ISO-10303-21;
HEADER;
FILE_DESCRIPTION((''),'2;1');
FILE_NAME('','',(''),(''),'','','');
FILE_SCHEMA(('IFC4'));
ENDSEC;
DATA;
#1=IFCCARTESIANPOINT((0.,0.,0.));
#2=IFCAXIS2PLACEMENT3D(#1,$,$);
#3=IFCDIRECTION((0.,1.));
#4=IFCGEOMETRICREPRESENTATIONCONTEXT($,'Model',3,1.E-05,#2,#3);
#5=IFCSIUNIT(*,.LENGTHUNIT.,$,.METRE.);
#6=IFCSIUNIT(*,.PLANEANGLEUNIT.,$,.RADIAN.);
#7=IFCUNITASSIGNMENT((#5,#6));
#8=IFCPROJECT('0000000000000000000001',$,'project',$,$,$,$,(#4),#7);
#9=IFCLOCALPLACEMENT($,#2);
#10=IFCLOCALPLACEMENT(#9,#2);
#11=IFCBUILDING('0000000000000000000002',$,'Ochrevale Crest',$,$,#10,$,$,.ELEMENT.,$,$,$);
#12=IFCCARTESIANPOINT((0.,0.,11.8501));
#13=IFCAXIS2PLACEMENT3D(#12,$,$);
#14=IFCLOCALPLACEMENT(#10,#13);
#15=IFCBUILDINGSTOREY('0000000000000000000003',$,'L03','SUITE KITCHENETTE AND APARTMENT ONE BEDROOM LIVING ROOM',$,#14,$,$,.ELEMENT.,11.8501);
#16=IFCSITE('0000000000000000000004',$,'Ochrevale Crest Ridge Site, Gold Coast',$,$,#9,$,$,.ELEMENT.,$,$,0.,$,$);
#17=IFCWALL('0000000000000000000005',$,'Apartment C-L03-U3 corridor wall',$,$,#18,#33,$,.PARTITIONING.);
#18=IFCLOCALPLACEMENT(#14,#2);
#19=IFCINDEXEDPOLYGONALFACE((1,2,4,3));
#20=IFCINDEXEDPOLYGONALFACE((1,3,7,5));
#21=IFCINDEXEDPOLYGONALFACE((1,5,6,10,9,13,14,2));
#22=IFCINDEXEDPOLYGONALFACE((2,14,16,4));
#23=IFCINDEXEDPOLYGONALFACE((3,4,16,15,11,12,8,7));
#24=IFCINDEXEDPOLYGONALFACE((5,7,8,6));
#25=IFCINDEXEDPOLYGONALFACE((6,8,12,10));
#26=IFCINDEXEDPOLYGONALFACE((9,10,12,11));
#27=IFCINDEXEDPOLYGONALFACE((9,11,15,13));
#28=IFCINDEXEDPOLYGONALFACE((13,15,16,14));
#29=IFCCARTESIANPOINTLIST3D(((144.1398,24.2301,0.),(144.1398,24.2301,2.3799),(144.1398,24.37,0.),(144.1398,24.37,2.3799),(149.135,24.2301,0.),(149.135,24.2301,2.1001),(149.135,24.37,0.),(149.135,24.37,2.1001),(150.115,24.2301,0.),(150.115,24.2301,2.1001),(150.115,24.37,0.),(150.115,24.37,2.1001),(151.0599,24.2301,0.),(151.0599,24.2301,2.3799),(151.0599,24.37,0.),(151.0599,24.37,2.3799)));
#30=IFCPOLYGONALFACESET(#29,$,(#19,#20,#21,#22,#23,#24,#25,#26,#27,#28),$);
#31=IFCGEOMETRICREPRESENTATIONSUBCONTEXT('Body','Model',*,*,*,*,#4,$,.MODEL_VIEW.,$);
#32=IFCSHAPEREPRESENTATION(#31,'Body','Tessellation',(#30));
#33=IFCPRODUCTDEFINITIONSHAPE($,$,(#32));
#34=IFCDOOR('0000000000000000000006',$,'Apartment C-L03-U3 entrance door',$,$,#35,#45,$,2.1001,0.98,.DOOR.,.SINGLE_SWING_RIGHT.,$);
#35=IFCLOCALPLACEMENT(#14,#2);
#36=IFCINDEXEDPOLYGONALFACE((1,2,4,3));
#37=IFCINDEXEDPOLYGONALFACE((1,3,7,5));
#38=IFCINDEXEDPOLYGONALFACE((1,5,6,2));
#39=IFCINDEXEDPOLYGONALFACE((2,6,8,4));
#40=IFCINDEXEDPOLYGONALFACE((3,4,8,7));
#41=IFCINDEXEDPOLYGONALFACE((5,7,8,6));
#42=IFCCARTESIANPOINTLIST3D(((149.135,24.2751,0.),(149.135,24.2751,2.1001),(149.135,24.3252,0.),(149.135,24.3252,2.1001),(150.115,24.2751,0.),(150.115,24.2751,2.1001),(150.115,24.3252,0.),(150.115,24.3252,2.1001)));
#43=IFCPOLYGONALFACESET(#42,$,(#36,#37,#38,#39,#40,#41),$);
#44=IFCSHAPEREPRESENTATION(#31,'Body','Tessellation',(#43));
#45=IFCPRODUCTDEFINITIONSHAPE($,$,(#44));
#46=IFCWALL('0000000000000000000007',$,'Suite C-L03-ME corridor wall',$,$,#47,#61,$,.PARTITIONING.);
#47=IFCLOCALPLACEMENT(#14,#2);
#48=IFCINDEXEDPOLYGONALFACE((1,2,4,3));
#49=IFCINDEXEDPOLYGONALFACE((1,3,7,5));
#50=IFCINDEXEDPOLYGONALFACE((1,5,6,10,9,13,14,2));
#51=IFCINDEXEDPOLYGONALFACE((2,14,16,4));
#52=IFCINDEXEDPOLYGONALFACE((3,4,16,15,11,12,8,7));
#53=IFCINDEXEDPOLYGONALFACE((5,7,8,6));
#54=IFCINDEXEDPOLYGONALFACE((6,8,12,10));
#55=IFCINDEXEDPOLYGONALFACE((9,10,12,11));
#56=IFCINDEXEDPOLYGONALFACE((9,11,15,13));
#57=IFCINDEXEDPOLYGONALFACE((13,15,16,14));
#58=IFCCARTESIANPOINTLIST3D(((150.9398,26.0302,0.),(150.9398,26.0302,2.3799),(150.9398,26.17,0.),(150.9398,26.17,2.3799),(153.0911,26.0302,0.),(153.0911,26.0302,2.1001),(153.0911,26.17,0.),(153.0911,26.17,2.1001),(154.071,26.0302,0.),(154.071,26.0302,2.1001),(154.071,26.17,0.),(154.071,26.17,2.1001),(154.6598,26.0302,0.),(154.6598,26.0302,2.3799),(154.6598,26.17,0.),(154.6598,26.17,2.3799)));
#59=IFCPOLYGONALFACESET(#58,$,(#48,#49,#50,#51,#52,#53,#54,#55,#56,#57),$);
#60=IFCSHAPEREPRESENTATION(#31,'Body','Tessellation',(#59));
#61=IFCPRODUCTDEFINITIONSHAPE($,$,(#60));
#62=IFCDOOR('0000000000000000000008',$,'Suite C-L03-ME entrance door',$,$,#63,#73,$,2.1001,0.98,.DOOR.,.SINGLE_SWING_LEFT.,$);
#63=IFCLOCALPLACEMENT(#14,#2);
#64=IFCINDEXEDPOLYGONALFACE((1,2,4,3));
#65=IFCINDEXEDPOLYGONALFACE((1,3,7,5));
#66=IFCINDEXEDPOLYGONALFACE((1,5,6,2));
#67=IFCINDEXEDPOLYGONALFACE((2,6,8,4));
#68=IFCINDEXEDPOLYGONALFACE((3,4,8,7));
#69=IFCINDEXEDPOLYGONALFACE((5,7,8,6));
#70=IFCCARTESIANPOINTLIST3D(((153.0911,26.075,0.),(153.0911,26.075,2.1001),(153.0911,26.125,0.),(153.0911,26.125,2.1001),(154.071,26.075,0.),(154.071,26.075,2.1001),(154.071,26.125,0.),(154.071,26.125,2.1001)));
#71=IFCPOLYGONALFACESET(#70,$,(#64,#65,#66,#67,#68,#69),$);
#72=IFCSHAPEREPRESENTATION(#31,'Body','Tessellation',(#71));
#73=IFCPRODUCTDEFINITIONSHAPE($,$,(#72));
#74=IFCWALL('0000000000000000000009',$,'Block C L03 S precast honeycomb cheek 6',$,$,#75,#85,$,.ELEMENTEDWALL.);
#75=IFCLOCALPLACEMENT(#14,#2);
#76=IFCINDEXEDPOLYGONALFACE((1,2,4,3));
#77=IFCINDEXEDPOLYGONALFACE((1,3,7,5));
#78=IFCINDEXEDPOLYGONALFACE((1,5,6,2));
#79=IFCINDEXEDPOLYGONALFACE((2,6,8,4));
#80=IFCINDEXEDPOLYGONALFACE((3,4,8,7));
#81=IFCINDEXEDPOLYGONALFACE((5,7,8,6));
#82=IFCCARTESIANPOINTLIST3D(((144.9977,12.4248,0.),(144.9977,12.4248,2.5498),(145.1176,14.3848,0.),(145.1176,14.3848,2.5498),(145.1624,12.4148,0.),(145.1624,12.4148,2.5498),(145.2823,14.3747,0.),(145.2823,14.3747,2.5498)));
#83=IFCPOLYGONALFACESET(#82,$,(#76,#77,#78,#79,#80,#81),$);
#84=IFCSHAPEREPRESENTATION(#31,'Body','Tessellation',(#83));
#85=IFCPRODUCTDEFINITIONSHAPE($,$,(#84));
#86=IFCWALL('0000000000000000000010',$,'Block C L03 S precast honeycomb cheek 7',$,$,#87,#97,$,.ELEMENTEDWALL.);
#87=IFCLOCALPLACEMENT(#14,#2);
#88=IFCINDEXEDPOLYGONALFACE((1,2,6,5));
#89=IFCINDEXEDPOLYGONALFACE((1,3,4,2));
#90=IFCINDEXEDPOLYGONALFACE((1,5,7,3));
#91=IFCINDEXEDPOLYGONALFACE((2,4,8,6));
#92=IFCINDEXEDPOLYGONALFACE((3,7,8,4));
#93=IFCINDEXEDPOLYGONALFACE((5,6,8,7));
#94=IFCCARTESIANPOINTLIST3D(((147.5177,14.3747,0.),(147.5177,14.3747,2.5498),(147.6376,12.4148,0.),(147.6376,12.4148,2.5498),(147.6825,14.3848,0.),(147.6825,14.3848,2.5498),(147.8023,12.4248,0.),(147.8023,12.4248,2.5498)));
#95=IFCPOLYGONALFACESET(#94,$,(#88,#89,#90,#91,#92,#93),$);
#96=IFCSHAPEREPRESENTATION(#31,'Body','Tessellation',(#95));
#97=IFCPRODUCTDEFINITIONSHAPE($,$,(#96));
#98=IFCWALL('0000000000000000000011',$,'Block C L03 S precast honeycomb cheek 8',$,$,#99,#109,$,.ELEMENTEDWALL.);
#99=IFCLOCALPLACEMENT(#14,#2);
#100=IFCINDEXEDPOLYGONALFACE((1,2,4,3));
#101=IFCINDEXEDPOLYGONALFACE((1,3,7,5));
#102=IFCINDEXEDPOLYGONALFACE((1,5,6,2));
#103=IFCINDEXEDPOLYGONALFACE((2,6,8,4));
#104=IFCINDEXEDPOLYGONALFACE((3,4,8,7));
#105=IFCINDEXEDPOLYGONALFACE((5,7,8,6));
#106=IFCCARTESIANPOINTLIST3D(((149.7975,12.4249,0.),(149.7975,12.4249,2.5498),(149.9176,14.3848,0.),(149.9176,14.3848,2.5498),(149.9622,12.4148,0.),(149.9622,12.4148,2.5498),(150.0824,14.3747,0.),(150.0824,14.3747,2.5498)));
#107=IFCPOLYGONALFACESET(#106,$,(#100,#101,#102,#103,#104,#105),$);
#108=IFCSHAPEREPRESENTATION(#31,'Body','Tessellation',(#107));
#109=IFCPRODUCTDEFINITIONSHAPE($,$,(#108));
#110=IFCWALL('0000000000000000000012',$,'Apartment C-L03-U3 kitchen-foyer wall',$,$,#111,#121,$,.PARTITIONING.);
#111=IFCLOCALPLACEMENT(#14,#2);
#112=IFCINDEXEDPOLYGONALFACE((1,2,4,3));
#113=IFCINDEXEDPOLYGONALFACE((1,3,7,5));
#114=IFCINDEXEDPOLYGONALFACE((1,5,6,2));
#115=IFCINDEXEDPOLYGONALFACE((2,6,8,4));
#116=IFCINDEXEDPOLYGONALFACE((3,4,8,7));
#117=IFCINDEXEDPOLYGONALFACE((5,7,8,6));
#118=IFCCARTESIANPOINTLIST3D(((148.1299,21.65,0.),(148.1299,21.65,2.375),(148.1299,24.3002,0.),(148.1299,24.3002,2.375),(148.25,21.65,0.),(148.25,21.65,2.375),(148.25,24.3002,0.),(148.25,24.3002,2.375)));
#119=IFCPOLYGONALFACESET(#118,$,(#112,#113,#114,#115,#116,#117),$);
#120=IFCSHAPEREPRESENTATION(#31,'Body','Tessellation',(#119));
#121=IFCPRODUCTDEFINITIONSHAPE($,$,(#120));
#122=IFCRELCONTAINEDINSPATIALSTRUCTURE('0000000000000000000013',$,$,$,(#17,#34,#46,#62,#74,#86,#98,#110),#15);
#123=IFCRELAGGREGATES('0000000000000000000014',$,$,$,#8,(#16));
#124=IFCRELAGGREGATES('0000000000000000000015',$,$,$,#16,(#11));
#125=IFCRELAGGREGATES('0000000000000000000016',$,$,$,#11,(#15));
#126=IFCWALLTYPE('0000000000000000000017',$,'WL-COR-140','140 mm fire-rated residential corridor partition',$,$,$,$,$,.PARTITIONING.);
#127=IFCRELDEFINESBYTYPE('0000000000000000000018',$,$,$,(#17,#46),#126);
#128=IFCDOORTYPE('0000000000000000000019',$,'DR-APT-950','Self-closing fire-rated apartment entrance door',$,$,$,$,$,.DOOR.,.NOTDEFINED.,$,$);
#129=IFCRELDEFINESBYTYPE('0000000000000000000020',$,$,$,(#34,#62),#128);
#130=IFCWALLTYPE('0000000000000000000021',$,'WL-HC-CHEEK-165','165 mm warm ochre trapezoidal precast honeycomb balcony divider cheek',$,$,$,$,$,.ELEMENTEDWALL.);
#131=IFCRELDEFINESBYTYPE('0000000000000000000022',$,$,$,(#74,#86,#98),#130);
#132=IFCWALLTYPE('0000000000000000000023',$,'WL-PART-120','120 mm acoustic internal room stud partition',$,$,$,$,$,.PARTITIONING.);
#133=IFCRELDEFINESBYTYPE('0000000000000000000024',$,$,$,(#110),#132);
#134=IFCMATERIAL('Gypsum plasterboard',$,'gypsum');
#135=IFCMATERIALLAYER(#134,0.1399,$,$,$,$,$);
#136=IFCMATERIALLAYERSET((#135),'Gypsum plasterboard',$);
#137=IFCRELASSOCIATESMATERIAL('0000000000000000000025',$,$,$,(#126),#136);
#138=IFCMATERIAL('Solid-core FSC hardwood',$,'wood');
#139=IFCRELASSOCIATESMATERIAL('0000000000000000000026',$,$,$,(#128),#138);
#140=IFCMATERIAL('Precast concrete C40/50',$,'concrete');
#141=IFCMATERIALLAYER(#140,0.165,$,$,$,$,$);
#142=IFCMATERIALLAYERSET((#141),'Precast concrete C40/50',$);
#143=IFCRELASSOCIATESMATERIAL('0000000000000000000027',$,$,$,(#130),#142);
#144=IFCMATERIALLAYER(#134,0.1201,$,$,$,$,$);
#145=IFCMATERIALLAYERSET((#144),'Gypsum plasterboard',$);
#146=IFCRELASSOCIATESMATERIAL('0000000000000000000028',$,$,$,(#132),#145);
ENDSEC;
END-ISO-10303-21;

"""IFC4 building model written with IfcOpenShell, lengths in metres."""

from ifc_helpers import new_model, si_unit, direction, frame, frame_2d, origin, place, context, subcontext, project, spatial, rectangle, extrude, material, layer, layer_set, type_object, element, fill, save


model = new_model("IFC4")

# Units and contexts
model_context = context("Model", 3, precision=1e-05, world=origin(), true_north=direction((0.0, 1.0)))
body_context = subcontext(model_context, "Body", "Model", "MODEL_VIEW")
ifc_project = project(units=[si_unit("LENGTHUNIT", "METRE"), si_unit("PLANEANGLEUNIT", "RADIAN")], contexts=[model_context])

# Site, building, storey
site_placement = place(None, origin())
site = spatial("IfcSite", under=ifc_project, at=site_placement, Name="Ochrevale Crest Ridge Site, Gold Coast", CompositionType="ELEMENT", RefElevation=0.0)
building_placement = place(site_placement, origin())
building = spatial("IfcBuilding", under=site, at=building_placement, Name="Ochrevale Crest", CompositionType="ELEMENT")
storey_placement = place(building_placement, frame((0.0, 0.0, 11.8501)))
storey = spatial("IfcBuildingStorey", under=building, at=storey_placement, Name="L03", Description="SUITE KITCHENETTE AND APARTMENT ONE BEDROOM LIVING ROOM", CompositionType="ELEMENT", Elevation=11.8501)

# Shared definitions
ifc_material_1 = material(Name="Precast concrete C40/50", Category="concrete")

# Walls, openings, doors
ifc_material_2 = material(Name="Gypsum plasterboard", Category="gypsum")
ifc_layer_1 = layer(ifc_material_2, 0.1399)
ifc_layer_set_1 = layer_set([ifc_layer_1], Name="Gypsum plasterboard")
wall_type_1 = type_object("IfcWallType", Name="WL-COR-140", Description="140 mm fire-rated residential corridor partition", PredefinedType="PARTITIONING", material=ifc_layer_set_1)
wall_1_placement = place(storey_placement, frame((144.1399, 24.3, 0.0), z_axis=(0.0, 0.0, 1.0), x_axis=(1.0, 0.0, 0.0)))
wall_1 = element("IfcWall", 1, at=wall_1_placement, inside=storey, type_object=wall_type_1, Name="Apartment C-L03-U3 corridor wall", PredefinedType="PARTITIONING", context=body_context, shape_type="SweptSolid", body=[
    extrude(rectangle(XDim=6.9202, YDim=0.1399, at=frame_2d((3.46, 0.0))), origin(), (0.0, 0.0, 1.0), 2.3799),
])
opening_1_placement = place(wall_1_placement, frame((5.9751, 0.0, 0.0), z_axis=(0.0, 0.0, 1.0), x_axis=(-1.0, 0.0, 0.0)))
opening_1 = element("IfcOpeningElement", 2, at=opening_1_placement, cuts=wall_1, PredefinedType="OPENING", context=body_context, shape_type="SweptSolid", body=[
    extrude(rectangle(XDim=0.98, YDim=2.1001, at=frame_2d((0.49, 1.05))), frame((0.0, 0.0801, 0.0), z_axis=(0.0, -1.0, 0.0), x_axis=(1.0, 0.0, 0.0)), (0.0, 0.0, 1.0), 0.1599),
])
ifc_material_3 = material(Name="Solid-core FSC hardwood", Category="wood")
door_type_1 = type_object("IfcDoorType", Name="DR-APT-950", Description="Self-closing fire-rated apartment entrance door", OperationType="NOTDEFINED", PredefinedType="DOOR", material=ifc_material_3)
door_1_placement = place(opening_1_placement, origin())
door_1 = element("IfcDoor", 3, at=door_1_placement, inside=storey, type_object=door_type_1, Name="Apartment C-L03-U3 entrance door", OperationType="SINGLE_SWING_RIGHT", OverallHeight=2.1001, OverallWidth=0.98, PredefinedType="DOOR", context=body_context, shape_type="SweptSolid", body=[
    extrude(rectangle(XDim=0.98, YDim=2.1001, at=frame_2d((0.49, 1.05))), frame((0.0, 0.0249, 0.0), z_axis=(0.0, -1.0, 0.0), x_axis=(1.0, 0.0, 0.0)), (0.0, 0.0, 1.0), 0.05),
])
fill(opening_1, door_1)
wall_2_placement = place(storey_placement, frame((150.9399, 26.1001, 0.0), z_axis=(0.0, 0.0, 1.0), x_axis=(1.0, 0.0, 0.0)))
wall_2 = element("IfcWall", 4, at=wall_2_placement, inside=storey, type_object=wall_type_1, Name="Suite C-L03-ME corridor wall", PredefinedType="PARTITIONING", context=body_context, shape_type="SweptSolid", body=[
    extrude(rectangle(XDim=3.72, YDim=0.1399, at=frame_2d((1.8599, 0.0))), origin(), (0.0, 0.0, 1.0), 2.3799),
])
opening_2_placement = place(wall_2_placement, frame((2.1511, 0.0, 0.0)))
opening_2 = element("IfcOpeningElement", 5, at=opening_2_placement, cuts=wall_2, PredefinedType="OPENING", context=body_context, shape_type="SweptSolid", body=[
    extrude(rectangle(XDim=0.98, YDim=2.1001, at=frame_2d((0.49, 1.05))), frame((0.0, 0.0801, 0.0), z_axis=(0.0, -1.0, 0.0), x_axis=(1.0, 0.0, 0.0)), (0.0, 0.0, 1.0), 0.1599),
])
door_2_placement = place(opening_2_placement, origin())
door_2 = element("IfcDoor", 6, at=door_2_placement, inside=storey, type_object=door_type_1, Name="Suite C-L03-ME entrance door", OperationType="SINGLE_SWING_LEFT", OverallHeight=2.1001, OverallWidth=0.98, PredefinedType="DOOR", context=body_context, shape_type="SweptSolid", body=[
    extrude(rectangle(XDim=0.98, YDim=2.1001, at=frame_2d((0.49, 1.05))), frame((0.0, 0.0249, 0.0), z_axis=(0.0, -1.0, 0.0), x_axis=(1.0, 0.0, 0.0)), (0.0, 0.0, 1.0), 0.05),
])
fill(opening_2, door_2)

# Walls
ifc_layer_2 = layer(ifc_material_1, 0.165)
ifc_layer_set_2 = layer_set([ifc_layer_2], Name="Precast concrete C40/50")
wall_type_2 = type_object("IfcWallType", Name="WL-HC-CHEEK-165", Description="165 mm warm ochre trapezoidal precast honeycomb balcony divider cheek", PredefinedType="ELEMENTEDWALL", material=ifc_layer_set_2)
for number, where, z_axis, x_axis, name in (
    (7, (145.2, 14.3799, 0.0), (0.0, 0.0, 1.0), (-0.061047, -0.998135, 0.0), "Block C L03 S precast honeycomb cheek 6"),
    (8, (147.6001, 14.3799, 0.0), (0.0, 0.0, 1.0), (0.061047, -0.998135, 0.0), "Block C L03 S precast honeycomb cheek 7"),
    (9, (150.0, 14.3799, 0.0), (0.0, 0.0, 1.0), (-0.061171, -0.998127, 0.0), "Block C L03 S precast honeycomb cheek 8"),
):
    element("IfcWall", number, at=place(storey_placement, frame(where, z_axis=z_axis, x_axis=x_axis)), inside=storey, type_object=wall_type_2, Name=name, PredefinedType="ELEMENTEDWALL", context=body_context, shape_type="SweptSolid", body=[
        extrude(rectangle(XDim=1.9636, YDim=0.165, at=frame_2d((0.9819, 0.0))), origin(), (0.0, 0.0, 1.0), 2.5498),
    ])
ifc_layer_3 = layer(ifc_material_2, 0.1201)
ifc_layer_set_3 = layer_set([ifc_layer_3], Name="Gypsum plasterboard")
wall_type_3 = type_object("IfcWallType", Name="WL-PART-120", Description="120 mm acoustic internal room stud partition", PredefinedType="PARTITIONING", material=ifc_layer_set_3)
wall_3_placement = place(storey_placement, frame((148.1899, 21.6499, 0.0), z_axis=(0.0, 0.0, 1.0), x_axis=(0.0, 1.0, 0.0)))
element("IfcWall", 10, at=wall_3_placement, inside=storey, type_object=wall_type_3, Name="Apartment C-L03-U3 kitchen-foyer wall", PredefinedType="PARTITIONING", context=body_context, shape_type="SweptSolid", body=[
    extrude(rectangle(XDim=2.6501, YDim=0.1201, at=frame_2d((1.3252, 0.0))), origin(), (0.0, 0.0, 1.0), 2.375),
])

save(model, "model.ifc")
